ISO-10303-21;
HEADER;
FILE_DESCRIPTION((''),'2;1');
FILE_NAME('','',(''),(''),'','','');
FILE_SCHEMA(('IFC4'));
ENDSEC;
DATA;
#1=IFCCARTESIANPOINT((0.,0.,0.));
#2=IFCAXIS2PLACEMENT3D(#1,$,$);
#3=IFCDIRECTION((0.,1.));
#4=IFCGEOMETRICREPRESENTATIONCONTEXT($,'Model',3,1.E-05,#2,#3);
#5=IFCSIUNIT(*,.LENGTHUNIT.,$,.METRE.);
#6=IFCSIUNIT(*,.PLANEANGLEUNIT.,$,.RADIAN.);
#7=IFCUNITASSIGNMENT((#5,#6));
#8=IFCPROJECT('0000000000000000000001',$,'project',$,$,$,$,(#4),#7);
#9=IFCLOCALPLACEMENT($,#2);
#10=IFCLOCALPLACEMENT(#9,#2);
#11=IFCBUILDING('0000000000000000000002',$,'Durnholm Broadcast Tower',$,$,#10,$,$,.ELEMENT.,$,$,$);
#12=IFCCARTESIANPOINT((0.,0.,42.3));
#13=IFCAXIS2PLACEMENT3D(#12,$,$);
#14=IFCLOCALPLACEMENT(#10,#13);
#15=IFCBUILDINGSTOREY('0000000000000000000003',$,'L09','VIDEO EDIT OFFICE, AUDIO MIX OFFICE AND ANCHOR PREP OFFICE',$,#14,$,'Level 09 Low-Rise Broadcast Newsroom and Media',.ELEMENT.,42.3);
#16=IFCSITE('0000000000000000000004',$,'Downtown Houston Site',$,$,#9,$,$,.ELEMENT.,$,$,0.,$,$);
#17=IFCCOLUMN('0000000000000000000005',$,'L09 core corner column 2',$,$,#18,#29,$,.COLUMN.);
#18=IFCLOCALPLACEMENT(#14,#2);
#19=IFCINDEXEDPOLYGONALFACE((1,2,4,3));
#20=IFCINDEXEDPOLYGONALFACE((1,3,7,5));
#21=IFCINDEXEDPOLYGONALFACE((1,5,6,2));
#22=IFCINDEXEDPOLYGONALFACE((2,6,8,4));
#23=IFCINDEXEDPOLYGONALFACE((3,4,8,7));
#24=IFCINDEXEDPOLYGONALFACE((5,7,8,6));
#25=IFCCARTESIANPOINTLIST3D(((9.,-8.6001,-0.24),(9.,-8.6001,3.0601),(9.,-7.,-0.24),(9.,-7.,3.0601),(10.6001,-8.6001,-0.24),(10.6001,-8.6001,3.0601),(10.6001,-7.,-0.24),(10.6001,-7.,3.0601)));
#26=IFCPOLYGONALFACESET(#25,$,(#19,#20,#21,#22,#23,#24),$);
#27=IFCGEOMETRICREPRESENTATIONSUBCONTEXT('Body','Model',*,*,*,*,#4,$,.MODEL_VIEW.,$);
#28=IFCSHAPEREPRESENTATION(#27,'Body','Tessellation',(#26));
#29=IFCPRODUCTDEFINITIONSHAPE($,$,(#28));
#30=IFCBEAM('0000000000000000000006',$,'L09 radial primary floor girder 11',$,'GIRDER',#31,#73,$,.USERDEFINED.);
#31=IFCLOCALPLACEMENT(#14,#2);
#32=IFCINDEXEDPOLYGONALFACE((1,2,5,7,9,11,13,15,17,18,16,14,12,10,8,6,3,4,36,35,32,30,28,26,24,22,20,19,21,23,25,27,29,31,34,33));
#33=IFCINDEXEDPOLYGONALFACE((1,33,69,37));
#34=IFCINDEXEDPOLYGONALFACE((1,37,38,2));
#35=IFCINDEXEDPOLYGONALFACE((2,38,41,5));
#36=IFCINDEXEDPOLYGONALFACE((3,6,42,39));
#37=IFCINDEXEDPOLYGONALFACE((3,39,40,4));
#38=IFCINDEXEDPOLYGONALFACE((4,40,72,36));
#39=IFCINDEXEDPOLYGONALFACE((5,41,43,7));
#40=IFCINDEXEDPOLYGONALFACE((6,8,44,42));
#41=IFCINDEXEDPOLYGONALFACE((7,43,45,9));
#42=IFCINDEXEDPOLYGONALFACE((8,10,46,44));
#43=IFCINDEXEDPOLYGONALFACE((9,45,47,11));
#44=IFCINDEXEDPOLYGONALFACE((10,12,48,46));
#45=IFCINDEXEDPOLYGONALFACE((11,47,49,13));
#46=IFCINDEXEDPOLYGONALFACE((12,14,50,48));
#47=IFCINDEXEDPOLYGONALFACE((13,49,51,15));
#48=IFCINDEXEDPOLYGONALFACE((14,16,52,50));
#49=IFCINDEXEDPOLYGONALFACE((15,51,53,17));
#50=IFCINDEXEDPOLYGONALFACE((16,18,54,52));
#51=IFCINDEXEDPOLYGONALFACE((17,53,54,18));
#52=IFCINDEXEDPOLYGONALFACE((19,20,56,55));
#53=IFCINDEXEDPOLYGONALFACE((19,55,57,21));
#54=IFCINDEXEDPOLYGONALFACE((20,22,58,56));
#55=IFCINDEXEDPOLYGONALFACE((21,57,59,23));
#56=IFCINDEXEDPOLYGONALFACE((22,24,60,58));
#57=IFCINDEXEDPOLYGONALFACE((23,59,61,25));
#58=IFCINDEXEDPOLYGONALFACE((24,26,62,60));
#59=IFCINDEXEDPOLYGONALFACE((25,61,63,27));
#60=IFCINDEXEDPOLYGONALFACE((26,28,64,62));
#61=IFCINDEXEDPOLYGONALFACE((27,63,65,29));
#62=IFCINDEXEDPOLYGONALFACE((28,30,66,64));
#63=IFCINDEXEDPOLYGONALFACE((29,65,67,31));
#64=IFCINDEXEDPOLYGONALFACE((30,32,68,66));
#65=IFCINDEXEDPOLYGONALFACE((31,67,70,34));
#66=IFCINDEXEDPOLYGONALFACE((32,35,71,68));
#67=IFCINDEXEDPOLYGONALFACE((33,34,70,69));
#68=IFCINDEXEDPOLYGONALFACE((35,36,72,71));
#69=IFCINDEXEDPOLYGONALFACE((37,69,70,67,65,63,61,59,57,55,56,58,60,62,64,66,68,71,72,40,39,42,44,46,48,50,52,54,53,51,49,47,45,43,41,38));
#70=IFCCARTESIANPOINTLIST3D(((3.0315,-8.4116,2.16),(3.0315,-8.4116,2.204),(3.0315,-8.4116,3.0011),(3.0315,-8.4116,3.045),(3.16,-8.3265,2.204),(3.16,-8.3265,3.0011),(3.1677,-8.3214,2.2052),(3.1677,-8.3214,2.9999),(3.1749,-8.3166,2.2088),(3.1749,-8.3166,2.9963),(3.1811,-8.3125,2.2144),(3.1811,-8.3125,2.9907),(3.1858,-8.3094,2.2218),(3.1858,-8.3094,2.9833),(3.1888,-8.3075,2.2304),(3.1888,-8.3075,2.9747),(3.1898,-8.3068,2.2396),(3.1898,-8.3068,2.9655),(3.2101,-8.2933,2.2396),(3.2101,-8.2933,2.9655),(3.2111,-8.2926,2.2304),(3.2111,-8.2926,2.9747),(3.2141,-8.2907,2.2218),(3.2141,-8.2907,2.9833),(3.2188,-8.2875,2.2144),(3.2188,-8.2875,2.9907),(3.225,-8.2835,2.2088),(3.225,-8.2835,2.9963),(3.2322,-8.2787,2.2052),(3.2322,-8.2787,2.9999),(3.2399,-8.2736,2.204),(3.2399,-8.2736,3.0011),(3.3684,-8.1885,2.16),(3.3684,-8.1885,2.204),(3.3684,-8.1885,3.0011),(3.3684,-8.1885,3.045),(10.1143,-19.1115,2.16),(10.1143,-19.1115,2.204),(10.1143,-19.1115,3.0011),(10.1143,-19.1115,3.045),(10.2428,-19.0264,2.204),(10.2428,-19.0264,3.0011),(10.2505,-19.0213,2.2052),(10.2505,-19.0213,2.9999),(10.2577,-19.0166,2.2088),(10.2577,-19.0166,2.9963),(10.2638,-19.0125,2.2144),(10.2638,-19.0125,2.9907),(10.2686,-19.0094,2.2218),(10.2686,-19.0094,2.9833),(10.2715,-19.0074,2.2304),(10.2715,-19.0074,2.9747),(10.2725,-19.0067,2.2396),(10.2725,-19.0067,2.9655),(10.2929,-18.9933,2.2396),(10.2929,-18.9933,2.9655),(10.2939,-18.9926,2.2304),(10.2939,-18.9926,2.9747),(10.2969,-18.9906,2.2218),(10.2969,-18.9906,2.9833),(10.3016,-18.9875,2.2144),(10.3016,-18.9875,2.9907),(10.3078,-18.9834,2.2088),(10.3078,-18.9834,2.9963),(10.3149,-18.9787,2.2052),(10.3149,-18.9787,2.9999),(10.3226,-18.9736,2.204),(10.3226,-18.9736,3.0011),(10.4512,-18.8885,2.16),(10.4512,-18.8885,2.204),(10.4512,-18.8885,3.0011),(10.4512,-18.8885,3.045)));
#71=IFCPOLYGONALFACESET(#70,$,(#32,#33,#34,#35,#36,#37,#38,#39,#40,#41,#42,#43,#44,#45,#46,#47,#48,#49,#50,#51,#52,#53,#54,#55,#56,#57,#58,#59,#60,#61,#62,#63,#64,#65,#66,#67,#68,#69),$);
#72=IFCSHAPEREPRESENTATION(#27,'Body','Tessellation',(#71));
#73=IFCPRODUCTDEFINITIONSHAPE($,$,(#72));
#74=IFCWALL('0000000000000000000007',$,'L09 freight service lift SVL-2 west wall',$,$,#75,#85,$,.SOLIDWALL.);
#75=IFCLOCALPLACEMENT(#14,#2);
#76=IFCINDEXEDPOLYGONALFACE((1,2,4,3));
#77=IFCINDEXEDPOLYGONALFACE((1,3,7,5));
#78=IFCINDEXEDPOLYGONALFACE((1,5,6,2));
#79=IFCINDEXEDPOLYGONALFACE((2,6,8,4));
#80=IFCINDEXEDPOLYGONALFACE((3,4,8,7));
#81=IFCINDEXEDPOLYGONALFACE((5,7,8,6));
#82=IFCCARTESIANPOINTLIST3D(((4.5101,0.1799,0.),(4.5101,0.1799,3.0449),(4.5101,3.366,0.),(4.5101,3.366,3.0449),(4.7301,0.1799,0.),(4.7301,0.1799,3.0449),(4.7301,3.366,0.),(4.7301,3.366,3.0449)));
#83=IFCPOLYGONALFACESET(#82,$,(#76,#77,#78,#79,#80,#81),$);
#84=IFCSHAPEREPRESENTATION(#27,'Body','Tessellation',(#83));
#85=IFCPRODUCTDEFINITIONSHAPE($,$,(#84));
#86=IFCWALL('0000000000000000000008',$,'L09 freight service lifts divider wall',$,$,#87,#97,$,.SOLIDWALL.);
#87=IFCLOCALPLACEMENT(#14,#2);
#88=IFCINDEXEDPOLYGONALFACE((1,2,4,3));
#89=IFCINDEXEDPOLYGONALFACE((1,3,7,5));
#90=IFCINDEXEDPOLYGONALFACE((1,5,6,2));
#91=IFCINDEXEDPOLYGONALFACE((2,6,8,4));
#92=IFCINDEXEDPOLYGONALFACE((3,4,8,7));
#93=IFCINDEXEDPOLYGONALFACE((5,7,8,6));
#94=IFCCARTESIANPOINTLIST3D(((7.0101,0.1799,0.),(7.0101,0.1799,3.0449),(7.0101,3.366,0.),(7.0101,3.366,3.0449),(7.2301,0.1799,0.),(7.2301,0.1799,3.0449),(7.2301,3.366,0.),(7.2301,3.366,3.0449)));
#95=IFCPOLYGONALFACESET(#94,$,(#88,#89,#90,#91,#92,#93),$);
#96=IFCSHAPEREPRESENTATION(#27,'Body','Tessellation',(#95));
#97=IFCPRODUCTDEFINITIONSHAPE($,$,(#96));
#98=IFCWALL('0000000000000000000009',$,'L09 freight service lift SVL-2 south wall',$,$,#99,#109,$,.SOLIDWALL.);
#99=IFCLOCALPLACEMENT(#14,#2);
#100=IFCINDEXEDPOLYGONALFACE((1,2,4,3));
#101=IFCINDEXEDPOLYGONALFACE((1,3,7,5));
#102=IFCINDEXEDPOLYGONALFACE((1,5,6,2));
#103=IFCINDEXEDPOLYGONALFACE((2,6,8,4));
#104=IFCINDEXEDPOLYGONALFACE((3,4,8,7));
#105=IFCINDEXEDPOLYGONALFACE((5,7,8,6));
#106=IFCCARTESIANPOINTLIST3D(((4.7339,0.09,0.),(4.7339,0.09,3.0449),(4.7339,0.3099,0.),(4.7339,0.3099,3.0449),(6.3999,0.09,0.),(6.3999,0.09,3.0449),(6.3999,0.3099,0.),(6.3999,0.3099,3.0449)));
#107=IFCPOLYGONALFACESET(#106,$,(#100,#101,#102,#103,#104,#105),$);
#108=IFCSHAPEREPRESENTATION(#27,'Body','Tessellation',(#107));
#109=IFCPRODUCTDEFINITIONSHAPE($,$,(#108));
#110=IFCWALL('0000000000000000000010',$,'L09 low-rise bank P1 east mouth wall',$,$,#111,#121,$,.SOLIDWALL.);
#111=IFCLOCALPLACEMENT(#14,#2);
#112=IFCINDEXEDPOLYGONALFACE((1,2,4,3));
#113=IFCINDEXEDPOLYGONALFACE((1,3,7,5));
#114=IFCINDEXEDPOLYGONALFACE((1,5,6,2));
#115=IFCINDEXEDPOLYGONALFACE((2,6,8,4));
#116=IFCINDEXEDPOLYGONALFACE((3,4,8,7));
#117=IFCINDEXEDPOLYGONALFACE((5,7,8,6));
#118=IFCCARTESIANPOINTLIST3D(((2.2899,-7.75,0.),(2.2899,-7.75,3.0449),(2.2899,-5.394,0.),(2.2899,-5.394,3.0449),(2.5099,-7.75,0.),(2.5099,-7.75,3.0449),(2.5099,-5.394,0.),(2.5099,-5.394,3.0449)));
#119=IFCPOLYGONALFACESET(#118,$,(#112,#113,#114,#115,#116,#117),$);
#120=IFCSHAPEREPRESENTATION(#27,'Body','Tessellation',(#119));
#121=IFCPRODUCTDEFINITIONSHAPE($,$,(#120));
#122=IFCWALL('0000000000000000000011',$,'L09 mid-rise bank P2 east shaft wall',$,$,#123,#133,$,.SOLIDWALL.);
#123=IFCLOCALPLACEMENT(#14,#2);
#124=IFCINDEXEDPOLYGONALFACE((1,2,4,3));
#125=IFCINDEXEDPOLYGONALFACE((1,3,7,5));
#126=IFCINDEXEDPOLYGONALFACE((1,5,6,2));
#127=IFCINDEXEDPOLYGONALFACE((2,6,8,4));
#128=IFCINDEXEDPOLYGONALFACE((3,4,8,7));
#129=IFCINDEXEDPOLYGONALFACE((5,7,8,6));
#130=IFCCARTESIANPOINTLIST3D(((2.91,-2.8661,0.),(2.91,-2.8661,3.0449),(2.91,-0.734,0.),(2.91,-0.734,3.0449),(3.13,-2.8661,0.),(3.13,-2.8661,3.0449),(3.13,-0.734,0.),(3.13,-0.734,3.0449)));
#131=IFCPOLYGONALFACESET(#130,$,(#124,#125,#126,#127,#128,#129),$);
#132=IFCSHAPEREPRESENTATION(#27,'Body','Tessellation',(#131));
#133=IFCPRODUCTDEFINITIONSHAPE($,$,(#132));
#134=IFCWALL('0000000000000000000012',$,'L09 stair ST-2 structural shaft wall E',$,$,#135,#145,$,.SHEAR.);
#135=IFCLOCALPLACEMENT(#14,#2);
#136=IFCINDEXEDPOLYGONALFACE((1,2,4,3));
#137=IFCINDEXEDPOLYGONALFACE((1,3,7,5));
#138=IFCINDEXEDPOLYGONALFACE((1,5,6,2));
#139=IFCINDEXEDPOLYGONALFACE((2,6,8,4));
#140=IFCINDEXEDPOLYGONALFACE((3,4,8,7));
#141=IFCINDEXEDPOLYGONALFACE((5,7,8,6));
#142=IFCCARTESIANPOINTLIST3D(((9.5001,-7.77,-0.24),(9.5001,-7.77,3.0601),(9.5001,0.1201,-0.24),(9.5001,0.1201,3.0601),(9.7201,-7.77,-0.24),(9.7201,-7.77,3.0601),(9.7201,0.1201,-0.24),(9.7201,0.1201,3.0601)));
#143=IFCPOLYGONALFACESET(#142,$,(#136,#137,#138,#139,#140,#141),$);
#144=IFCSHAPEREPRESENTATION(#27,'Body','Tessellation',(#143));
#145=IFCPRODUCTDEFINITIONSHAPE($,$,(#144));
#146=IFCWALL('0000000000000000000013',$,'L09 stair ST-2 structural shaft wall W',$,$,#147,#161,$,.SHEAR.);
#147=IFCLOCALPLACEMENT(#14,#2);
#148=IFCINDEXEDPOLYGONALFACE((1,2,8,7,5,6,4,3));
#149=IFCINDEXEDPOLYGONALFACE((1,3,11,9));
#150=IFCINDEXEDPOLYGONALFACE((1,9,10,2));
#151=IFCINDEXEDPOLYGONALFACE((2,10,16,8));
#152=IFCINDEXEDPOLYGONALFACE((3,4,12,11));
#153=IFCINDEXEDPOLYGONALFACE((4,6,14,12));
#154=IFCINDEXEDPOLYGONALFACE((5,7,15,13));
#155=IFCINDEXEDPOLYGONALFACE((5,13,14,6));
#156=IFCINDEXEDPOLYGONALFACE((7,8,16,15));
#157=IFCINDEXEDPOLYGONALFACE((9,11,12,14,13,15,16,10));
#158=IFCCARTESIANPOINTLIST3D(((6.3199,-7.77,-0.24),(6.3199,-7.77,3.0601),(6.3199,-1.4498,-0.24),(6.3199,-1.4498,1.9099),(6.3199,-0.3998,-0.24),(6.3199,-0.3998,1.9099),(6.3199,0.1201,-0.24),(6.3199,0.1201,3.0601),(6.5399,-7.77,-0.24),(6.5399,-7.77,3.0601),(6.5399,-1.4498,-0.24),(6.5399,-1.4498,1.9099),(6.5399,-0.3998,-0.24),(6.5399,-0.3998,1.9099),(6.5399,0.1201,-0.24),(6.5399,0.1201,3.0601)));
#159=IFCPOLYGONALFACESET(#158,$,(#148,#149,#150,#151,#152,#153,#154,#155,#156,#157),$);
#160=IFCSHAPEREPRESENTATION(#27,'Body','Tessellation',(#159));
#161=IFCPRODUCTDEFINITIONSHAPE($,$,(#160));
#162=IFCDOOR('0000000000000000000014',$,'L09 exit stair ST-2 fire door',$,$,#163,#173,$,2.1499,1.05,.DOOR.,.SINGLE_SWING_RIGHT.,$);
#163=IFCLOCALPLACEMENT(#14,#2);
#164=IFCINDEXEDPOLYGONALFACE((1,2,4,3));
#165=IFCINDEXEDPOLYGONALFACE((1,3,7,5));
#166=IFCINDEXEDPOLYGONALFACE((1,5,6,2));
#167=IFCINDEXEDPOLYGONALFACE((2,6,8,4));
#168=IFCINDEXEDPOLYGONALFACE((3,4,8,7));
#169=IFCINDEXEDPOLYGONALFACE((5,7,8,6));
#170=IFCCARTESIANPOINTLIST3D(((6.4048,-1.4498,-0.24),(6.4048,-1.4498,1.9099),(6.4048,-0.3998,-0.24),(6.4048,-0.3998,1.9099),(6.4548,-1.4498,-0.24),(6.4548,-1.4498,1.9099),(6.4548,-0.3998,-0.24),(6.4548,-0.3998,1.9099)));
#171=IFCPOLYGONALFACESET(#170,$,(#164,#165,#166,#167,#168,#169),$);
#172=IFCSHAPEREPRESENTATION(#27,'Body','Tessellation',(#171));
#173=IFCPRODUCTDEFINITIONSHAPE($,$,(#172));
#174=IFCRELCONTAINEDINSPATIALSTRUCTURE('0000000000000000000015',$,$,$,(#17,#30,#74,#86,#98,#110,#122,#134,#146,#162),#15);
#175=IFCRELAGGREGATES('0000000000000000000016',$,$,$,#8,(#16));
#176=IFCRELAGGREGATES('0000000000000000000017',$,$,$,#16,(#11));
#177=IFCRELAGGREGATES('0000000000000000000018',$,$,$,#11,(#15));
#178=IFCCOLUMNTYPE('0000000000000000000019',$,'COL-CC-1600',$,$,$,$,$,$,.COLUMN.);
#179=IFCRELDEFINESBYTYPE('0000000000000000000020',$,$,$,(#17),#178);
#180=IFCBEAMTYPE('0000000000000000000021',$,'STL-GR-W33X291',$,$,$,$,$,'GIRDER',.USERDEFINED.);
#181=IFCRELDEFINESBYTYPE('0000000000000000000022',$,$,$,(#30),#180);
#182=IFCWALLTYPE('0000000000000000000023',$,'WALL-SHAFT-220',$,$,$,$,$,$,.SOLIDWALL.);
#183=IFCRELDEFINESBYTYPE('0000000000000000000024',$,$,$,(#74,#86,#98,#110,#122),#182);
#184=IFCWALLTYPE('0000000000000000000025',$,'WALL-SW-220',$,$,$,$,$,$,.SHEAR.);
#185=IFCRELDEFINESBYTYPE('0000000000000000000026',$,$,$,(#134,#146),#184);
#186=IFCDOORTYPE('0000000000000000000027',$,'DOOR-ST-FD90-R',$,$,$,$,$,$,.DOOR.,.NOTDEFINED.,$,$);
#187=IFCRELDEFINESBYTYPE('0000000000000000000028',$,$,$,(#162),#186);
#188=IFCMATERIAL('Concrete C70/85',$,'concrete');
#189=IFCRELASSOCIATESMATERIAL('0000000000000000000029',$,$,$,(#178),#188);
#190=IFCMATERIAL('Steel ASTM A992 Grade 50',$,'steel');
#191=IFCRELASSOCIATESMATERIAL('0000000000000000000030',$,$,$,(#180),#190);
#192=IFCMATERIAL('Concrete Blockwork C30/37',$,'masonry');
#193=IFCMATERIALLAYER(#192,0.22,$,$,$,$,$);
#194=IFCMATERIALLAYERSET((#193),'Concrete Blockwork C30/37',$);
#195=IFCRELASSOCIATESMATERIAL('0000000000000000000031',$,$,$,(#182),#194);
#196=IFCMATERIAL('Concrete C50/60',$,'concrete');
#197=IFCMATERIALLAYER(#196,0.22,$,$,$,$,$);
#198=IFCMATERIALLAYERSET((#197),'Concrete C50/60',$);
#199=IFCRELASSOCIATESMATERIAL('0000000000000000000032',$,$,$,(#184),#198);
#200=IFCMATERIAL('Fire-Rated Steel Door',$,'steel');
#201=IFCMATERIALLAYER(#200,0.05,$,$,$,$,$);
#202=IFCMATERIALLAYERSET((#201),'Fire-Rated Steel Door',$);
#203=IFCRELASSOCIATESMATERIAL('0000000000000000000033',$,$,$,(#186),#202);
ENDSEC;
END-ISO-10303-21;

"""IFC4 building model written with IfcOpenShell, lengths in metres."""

from ifc_helpers import new_model, si_unit, direction, frame, frame_2d, origin, origin_2d, place, context, subcontext, project, spatial, rectangle, i_section, extrude, source, transform, mapped, material, layer, layer_set, material_profile, profile_set, type_object, type_shapes, element, fill, save


model = new_model("IFC4")

# Units and contexts
model_context = context("Model", 3, precision=1e-05, world=origin(), true_north=direction((0.0, 1.0)))
body_context = subcontext(model_context, "Body", "Model", "MODEL_VIEW")
ifc_project = project(units=[si_unit("LENGTHUNIT", "METRE"), si_unit("PLANEANGLEUNIT", "RADIAN")], contexts=[model_context])

# Site, building, storey
site_placement = place(None, origin())
site = spatial("IfcSite", under=ifc_project, at=site_placement, Name="Downtown Houston Site", CompositionType="ELEMENT", RefElevation=0.0)
building_placement = place(site_placement, origin())
building = spatial("IfcBuilding", under=site, at=building_placement, Name="Durnholm Broadcast Tower", CompositionType="ELEMENT")
storey_placement = place(building_placement, frame((0.0, 0.0, 42.3)))
storey = spatial("IfcBuildingStorey", under=building, at=storey_placement, Name="L09", Description="VIDEO EDIT OFFICE, AUDIO MIX OFFICE AND ANCHOR PREP OFFICE", LongName="Level 09 Low-Rise Broadcast Newsroom and Media", CompositionType="ELEMENT", Elevation=42.3)

# Column
ifc_material_1 = material(Name="Concrete C70/85", Category="concrete")
ifc_material_profile_1 = material_profile(ifc_material_1, rectangle(XDim=1.6001, YDim=1.6001, at=origin_2d()), Name="RC1600X1600")
ifc_profile_set_1 = profile_set([ifc_material_profile_1], Name="Concrete C70/85")
column_type = type_object("IfcColumnType", Name="COL-CC-1600", PredefinedType="COLUMN", material=ifc_profile_set_1)
shared_shape_1 = source(origin(), body_context, "Body", "SweptSolid", [
    extrude(rectangle(XDim=1.6001, YDim=1.6001, at=origin_2d()), origin(), (0.0, 0.0, 1.0), 3.3),
])
type_shapes(column_type, [shared_shape_1])
column_placement = place(storey_placement, frame((9.8, -7.8, -0.24), z_axis=(0.0, 0.0, 1.0), x_axis=(1.0, 0.0, 0.0)))
element("IfcColumn", 1, at=column_placement, inside=storey, type_object=column_type, Name="L09 core corner column 2", PredefinedType="COLUMN", context=body_context, shape_type="MappedRepresentation", body=[
    mapped(shared_shape_1, transform((0.0, 0.0, 0.0), x_axis=(1.0, 0.0, 0.0), y_axis=(0.0, 1.0, 0.0), z_axis=(0.0, 0.0, 1.0), scale=1.0)),
])

# Beam
ifc_material_2 = material(Name="Steel ASTM A992 Grade 50", Category="steel")
ifc_material_profile_2 = material_profile(ifc_material_2, i_section(OverallWidth=0.4041, OverallDepth=0.885, WebThickness=0.0244, FlangeThickness=0.0439, FilletRadius=0.0356, at=origin_2d()), Name="W33X291")
ifc_profile_set_2 = profile_set([ifc_material_profile_2], Name="Steel ASTM A992 Grade 50")
beam_type = type_object("IfcBeamType", Name="STL-GR-W33X291", ElementType="GIRDER", PredefinedType="USERDEFINED", material=ifc_profile_set_2)
shared_shape_2 = source(origin(), body_context, "Body", "SweptSolid", [
    extrude(i_section(OverallWidth=0.4041, OverallDepth=0.885, WebThickness=0.0244, FlangeThickness=0.0439, FilletRadius=0.0356, at=origin_2d()), origin(), (0.0, 0.0, 1.0), 12.8318),
])
type_shapes(beam_type, [shared_shape_2])
beam_placement = place(storey_placement, frame((3.2, -8.3, 2.6025), z_axis=(0.551971, -0.833864, 0.0), x_axis=(0.833864, 0.551971, 0.0)))
element("IfcBeam", 2, at=beam_placement, inside=storey, type_object=beam_type, Name="L09 radial primary floor girder 11", ObjectType="GIRDER", PredefinedType="USERDEFINED", context=body_context, shape_type="MappedRepresentation", body=[
    mapped(shared_shape_2, transform((0.0, 0.0, 0.0), x_axis=(1.0, 0.0, 0.0), y_axis=(0.0, 1.0, 0.0), z_axis=(0.0, 0.0, 1.0), scale=1.0)),
])

# Walls
ifc_material_3 = material(Name="Concrete Blockwork C30/37", Category="masonry")
ifc_layer_1 = layer(ifc_material_3, 0.22)
ifc_layer_set_1 = layer_set([ifc_layer_1], Name="Concrete Blockwork C30/37")
wall_type_1 = type_object("IfcWallType", Name="WALL-SHAFT-220", PredefinedType="SOLIDWALL", material=ifc_layer_set_1)
for number, where, z_axis, x_axis, name in (
    (3, (4.6201, 0.1799, 0.0), (0.0, 0.0, 1.0), (0.0, 1.0, 0.0), "L09 freight service lift SVL-2 west wall"),
    (4, (7.1201, 0.1799, 0.0), (0.0, 0.0, 1.0), (0.0, 1.0, 0.0), "L09 freight service lifts divider wall"),
):
    element("IfcWall", number, at=place(storey_placement, frame(where, z_axis=z_axis, x_axis=x_axis)), inside=storey, type_object=wall_type_1, Name=name, PredefinedType="SOLIDWALL", context=body_context, shape_type="SweptSolid", body=[
        extrude(rectangle(XDim=3.186, YDim=0.22, at=frame_2d((1.593, 0.0))), origin(), (0.0, 0.0, 1.0), 3.0449),
    ])
wall_1_placement = place(storey_placement, frame((4.7339, 0.2, 0.0), z_axis=(0.0, 0.0, 1.0), x_axis=(1.0, 0.0, 0.0)))
element("IfcWall", 5, at=wall_1_placement, inside=storey, type_object=wall_type_1, Name="L09 freight service lift SVL-2 south wall", PredefinedType="SOLIDWALL", context=body_context, shape_type="SweptSolid", body=[
    extrude(rectangle(XDim=1.666, YDim=0.22, at=frame_2d((0.833, 0.0))), origin(), (0.0, 0.0, 1.0), 3.0449),
])

# Walls
wall_2_placement = place(storey_placement, frame((2.3999, -7.75, 0.0), z_axis=(0.0, 0.0, 1.0), x_axis=(0.0, 1.0, 0.0)))
element("IfcWall", 6, at=wall_2_placement, inside=storey, type_object=wall_type_1, Name="L09 low-rise bank P1 east mouth wall", PredefinedType="SOLIDWALL", context=body_context, shape_type="SweptSolid", body=[
    extrude(rectangle(XDim=2.356, YDim=0.22, at=frame_2d((1.178, 0.0))), origin(), (0.0, 0.0, 1.0), 3.0449),
])
wall_3_placement = place(storey_placement, frame((3.02, -2.866, 0.0), z_axis=(0.0, 0.0, 1.0), x_axis=(0.0, 1.0, 0.0)))
element("IfcWall", 7, at=wall_3_placement, inside=storey, type_object=wall_type_1, Name="L09 mid-rise bank P2 east shaft wall", PredefinedType="SOLIDWALL", context=body_context, shape_type="SweptSolid", body=[
    extrude(rectangle(XDim=2.1321, YDim=0.22, at=frame_2d((1.0659, 0.0))), origin(), (0.0, 0.0, 1.0), 3.0449),
])
ifc_material_4 = material(Name="Concrete C50/60", Category="concrete")
ifc_layer_2 = layer(ifc_material_4, 0.22)
ifc_layer_set_2 = layer_set([ifc_layer_2], Name="Concrete C50/60")
wall_type_2 = type_object("IfcWallType", Name="WALL-SW-220", PredefinedType="SHEAR", material=ifc_layer_set_2)
wall_4_placement = place(storey_placement, frame((9.6101, -7.77, -0.24), z_axis=(0.0, 0.0, 1.0), x_axis=(0.0, 1.0, 0.0)))
element("IfcWall", 8, at=wall_4_placement, inside=storey, type_object=wall_type_2, Name="L09 stair ST-2 structural shaft wall E", PredefinedType="SHEAR", context=body_context, shape_type="SweptSolid", body=[
    extrude(rectangle(XDim=7.8901, YDim=0.22, at=frame_2d((3.9451, 0.0))), origin(), (0.0, 0.0, 1.0), 3.3),
])

# Wall, opening, door
wall_5_placement = place(storey_placement, frame((6.4299, 0.1201, -0.24), z_axis=(0.0, 0.0, 1.0), x_axis=(0.0, -1.0, 0.0)))
wall_5 = element("IfcWall", 9, at=wall_5_placement, inside=storey, type_object=wall_type_2, Name="L09 stair ST-2 structural shaft wall W", PredefinedType="SHEAR", context=body_context, shape_type="SweptSolid", body=[
    extrude(rectangle(XDim=7.8901, YDim=0.22, at=frame_2d((3.9451, 0.0))), origin(), (0.0, 0.0, 1.0), 3.3),
])
opening_1_placement = place(wall_5_placement, frame((0.52, 0.0, 0.0)))
opening_1 = element("IfcOpeningElement", 10, at=opening_1_placement, cuts=wall_5, PredefinedType="OPENING", context=body_context, shape_type="SweptSolid", body=[
    extrude(rectangle(XDim=1.05, YDim=2.1499, at=frame_2d((0.5249, 1.075))), frame((0.0, 0.1201, 0.0), z_axis=(0.0, -1.0, 0.0), x_axis=(1.0, 0.0, 0.0)), (0.0, 0.0, 1.0), 0.24),
])
ifc_material_5 = material(Name="Fire-Rated Steel Door", Category="steel")
ifc_layer_3 = layer(ifc_material_5, 0.05)
ifc_layer_set_3 = layer_set([ifc_layer_3], Name="Fire-Rated Steel Door")
door_type_1 = type_object("IfcDoorType", Name="DOOR-ST-FD90-R", OperationType="NOTDEFINED", PredefinedType="DOOR", material=ifc_layer_set_3)
shared_shape_3 = source(origin(), body_context, "Body", "SweptSolid", [
    extrude(rectangle(XDim=1.05, YDim=2.1499, at=frame_2d((0.5249, 1.075))), frame((0.0, 0.0249, 0.0), z_axis=(0.0, -1.0, 0.0), x_axis=(1.0, 0.0, 0.0)), (0.0, 0.0, 1.0), 0.05),
])
type_shapes(door_type_1, [shared_shape_3])
door_1_placement = place(opening_1_placement, origin())
door_1 = element("IfcDoor", 11, at=door_1_placement, inside=storey, type_object=door_type_1, Name="L09 exit stair ST-2 fire door", OperationType="SINGLE_SWING_RIGHT", OverallHeight=2.1499, OverallWidth=1.05, PredefinedType="DOOR", context=body_context, shape_type="MappedRepresentation", body=[
    mapped(shared_shape_3, transform((0.0, 0.0, 0.0), x_axis=(1.0, 0.0, 0.0), y_axis=(0.0, 1.0, 0.0), z_axis=(0.0, 0.0, 1.0), scale=1.0)),
])
fill(opening_1, door_1)

save(model, "model.ifc")
